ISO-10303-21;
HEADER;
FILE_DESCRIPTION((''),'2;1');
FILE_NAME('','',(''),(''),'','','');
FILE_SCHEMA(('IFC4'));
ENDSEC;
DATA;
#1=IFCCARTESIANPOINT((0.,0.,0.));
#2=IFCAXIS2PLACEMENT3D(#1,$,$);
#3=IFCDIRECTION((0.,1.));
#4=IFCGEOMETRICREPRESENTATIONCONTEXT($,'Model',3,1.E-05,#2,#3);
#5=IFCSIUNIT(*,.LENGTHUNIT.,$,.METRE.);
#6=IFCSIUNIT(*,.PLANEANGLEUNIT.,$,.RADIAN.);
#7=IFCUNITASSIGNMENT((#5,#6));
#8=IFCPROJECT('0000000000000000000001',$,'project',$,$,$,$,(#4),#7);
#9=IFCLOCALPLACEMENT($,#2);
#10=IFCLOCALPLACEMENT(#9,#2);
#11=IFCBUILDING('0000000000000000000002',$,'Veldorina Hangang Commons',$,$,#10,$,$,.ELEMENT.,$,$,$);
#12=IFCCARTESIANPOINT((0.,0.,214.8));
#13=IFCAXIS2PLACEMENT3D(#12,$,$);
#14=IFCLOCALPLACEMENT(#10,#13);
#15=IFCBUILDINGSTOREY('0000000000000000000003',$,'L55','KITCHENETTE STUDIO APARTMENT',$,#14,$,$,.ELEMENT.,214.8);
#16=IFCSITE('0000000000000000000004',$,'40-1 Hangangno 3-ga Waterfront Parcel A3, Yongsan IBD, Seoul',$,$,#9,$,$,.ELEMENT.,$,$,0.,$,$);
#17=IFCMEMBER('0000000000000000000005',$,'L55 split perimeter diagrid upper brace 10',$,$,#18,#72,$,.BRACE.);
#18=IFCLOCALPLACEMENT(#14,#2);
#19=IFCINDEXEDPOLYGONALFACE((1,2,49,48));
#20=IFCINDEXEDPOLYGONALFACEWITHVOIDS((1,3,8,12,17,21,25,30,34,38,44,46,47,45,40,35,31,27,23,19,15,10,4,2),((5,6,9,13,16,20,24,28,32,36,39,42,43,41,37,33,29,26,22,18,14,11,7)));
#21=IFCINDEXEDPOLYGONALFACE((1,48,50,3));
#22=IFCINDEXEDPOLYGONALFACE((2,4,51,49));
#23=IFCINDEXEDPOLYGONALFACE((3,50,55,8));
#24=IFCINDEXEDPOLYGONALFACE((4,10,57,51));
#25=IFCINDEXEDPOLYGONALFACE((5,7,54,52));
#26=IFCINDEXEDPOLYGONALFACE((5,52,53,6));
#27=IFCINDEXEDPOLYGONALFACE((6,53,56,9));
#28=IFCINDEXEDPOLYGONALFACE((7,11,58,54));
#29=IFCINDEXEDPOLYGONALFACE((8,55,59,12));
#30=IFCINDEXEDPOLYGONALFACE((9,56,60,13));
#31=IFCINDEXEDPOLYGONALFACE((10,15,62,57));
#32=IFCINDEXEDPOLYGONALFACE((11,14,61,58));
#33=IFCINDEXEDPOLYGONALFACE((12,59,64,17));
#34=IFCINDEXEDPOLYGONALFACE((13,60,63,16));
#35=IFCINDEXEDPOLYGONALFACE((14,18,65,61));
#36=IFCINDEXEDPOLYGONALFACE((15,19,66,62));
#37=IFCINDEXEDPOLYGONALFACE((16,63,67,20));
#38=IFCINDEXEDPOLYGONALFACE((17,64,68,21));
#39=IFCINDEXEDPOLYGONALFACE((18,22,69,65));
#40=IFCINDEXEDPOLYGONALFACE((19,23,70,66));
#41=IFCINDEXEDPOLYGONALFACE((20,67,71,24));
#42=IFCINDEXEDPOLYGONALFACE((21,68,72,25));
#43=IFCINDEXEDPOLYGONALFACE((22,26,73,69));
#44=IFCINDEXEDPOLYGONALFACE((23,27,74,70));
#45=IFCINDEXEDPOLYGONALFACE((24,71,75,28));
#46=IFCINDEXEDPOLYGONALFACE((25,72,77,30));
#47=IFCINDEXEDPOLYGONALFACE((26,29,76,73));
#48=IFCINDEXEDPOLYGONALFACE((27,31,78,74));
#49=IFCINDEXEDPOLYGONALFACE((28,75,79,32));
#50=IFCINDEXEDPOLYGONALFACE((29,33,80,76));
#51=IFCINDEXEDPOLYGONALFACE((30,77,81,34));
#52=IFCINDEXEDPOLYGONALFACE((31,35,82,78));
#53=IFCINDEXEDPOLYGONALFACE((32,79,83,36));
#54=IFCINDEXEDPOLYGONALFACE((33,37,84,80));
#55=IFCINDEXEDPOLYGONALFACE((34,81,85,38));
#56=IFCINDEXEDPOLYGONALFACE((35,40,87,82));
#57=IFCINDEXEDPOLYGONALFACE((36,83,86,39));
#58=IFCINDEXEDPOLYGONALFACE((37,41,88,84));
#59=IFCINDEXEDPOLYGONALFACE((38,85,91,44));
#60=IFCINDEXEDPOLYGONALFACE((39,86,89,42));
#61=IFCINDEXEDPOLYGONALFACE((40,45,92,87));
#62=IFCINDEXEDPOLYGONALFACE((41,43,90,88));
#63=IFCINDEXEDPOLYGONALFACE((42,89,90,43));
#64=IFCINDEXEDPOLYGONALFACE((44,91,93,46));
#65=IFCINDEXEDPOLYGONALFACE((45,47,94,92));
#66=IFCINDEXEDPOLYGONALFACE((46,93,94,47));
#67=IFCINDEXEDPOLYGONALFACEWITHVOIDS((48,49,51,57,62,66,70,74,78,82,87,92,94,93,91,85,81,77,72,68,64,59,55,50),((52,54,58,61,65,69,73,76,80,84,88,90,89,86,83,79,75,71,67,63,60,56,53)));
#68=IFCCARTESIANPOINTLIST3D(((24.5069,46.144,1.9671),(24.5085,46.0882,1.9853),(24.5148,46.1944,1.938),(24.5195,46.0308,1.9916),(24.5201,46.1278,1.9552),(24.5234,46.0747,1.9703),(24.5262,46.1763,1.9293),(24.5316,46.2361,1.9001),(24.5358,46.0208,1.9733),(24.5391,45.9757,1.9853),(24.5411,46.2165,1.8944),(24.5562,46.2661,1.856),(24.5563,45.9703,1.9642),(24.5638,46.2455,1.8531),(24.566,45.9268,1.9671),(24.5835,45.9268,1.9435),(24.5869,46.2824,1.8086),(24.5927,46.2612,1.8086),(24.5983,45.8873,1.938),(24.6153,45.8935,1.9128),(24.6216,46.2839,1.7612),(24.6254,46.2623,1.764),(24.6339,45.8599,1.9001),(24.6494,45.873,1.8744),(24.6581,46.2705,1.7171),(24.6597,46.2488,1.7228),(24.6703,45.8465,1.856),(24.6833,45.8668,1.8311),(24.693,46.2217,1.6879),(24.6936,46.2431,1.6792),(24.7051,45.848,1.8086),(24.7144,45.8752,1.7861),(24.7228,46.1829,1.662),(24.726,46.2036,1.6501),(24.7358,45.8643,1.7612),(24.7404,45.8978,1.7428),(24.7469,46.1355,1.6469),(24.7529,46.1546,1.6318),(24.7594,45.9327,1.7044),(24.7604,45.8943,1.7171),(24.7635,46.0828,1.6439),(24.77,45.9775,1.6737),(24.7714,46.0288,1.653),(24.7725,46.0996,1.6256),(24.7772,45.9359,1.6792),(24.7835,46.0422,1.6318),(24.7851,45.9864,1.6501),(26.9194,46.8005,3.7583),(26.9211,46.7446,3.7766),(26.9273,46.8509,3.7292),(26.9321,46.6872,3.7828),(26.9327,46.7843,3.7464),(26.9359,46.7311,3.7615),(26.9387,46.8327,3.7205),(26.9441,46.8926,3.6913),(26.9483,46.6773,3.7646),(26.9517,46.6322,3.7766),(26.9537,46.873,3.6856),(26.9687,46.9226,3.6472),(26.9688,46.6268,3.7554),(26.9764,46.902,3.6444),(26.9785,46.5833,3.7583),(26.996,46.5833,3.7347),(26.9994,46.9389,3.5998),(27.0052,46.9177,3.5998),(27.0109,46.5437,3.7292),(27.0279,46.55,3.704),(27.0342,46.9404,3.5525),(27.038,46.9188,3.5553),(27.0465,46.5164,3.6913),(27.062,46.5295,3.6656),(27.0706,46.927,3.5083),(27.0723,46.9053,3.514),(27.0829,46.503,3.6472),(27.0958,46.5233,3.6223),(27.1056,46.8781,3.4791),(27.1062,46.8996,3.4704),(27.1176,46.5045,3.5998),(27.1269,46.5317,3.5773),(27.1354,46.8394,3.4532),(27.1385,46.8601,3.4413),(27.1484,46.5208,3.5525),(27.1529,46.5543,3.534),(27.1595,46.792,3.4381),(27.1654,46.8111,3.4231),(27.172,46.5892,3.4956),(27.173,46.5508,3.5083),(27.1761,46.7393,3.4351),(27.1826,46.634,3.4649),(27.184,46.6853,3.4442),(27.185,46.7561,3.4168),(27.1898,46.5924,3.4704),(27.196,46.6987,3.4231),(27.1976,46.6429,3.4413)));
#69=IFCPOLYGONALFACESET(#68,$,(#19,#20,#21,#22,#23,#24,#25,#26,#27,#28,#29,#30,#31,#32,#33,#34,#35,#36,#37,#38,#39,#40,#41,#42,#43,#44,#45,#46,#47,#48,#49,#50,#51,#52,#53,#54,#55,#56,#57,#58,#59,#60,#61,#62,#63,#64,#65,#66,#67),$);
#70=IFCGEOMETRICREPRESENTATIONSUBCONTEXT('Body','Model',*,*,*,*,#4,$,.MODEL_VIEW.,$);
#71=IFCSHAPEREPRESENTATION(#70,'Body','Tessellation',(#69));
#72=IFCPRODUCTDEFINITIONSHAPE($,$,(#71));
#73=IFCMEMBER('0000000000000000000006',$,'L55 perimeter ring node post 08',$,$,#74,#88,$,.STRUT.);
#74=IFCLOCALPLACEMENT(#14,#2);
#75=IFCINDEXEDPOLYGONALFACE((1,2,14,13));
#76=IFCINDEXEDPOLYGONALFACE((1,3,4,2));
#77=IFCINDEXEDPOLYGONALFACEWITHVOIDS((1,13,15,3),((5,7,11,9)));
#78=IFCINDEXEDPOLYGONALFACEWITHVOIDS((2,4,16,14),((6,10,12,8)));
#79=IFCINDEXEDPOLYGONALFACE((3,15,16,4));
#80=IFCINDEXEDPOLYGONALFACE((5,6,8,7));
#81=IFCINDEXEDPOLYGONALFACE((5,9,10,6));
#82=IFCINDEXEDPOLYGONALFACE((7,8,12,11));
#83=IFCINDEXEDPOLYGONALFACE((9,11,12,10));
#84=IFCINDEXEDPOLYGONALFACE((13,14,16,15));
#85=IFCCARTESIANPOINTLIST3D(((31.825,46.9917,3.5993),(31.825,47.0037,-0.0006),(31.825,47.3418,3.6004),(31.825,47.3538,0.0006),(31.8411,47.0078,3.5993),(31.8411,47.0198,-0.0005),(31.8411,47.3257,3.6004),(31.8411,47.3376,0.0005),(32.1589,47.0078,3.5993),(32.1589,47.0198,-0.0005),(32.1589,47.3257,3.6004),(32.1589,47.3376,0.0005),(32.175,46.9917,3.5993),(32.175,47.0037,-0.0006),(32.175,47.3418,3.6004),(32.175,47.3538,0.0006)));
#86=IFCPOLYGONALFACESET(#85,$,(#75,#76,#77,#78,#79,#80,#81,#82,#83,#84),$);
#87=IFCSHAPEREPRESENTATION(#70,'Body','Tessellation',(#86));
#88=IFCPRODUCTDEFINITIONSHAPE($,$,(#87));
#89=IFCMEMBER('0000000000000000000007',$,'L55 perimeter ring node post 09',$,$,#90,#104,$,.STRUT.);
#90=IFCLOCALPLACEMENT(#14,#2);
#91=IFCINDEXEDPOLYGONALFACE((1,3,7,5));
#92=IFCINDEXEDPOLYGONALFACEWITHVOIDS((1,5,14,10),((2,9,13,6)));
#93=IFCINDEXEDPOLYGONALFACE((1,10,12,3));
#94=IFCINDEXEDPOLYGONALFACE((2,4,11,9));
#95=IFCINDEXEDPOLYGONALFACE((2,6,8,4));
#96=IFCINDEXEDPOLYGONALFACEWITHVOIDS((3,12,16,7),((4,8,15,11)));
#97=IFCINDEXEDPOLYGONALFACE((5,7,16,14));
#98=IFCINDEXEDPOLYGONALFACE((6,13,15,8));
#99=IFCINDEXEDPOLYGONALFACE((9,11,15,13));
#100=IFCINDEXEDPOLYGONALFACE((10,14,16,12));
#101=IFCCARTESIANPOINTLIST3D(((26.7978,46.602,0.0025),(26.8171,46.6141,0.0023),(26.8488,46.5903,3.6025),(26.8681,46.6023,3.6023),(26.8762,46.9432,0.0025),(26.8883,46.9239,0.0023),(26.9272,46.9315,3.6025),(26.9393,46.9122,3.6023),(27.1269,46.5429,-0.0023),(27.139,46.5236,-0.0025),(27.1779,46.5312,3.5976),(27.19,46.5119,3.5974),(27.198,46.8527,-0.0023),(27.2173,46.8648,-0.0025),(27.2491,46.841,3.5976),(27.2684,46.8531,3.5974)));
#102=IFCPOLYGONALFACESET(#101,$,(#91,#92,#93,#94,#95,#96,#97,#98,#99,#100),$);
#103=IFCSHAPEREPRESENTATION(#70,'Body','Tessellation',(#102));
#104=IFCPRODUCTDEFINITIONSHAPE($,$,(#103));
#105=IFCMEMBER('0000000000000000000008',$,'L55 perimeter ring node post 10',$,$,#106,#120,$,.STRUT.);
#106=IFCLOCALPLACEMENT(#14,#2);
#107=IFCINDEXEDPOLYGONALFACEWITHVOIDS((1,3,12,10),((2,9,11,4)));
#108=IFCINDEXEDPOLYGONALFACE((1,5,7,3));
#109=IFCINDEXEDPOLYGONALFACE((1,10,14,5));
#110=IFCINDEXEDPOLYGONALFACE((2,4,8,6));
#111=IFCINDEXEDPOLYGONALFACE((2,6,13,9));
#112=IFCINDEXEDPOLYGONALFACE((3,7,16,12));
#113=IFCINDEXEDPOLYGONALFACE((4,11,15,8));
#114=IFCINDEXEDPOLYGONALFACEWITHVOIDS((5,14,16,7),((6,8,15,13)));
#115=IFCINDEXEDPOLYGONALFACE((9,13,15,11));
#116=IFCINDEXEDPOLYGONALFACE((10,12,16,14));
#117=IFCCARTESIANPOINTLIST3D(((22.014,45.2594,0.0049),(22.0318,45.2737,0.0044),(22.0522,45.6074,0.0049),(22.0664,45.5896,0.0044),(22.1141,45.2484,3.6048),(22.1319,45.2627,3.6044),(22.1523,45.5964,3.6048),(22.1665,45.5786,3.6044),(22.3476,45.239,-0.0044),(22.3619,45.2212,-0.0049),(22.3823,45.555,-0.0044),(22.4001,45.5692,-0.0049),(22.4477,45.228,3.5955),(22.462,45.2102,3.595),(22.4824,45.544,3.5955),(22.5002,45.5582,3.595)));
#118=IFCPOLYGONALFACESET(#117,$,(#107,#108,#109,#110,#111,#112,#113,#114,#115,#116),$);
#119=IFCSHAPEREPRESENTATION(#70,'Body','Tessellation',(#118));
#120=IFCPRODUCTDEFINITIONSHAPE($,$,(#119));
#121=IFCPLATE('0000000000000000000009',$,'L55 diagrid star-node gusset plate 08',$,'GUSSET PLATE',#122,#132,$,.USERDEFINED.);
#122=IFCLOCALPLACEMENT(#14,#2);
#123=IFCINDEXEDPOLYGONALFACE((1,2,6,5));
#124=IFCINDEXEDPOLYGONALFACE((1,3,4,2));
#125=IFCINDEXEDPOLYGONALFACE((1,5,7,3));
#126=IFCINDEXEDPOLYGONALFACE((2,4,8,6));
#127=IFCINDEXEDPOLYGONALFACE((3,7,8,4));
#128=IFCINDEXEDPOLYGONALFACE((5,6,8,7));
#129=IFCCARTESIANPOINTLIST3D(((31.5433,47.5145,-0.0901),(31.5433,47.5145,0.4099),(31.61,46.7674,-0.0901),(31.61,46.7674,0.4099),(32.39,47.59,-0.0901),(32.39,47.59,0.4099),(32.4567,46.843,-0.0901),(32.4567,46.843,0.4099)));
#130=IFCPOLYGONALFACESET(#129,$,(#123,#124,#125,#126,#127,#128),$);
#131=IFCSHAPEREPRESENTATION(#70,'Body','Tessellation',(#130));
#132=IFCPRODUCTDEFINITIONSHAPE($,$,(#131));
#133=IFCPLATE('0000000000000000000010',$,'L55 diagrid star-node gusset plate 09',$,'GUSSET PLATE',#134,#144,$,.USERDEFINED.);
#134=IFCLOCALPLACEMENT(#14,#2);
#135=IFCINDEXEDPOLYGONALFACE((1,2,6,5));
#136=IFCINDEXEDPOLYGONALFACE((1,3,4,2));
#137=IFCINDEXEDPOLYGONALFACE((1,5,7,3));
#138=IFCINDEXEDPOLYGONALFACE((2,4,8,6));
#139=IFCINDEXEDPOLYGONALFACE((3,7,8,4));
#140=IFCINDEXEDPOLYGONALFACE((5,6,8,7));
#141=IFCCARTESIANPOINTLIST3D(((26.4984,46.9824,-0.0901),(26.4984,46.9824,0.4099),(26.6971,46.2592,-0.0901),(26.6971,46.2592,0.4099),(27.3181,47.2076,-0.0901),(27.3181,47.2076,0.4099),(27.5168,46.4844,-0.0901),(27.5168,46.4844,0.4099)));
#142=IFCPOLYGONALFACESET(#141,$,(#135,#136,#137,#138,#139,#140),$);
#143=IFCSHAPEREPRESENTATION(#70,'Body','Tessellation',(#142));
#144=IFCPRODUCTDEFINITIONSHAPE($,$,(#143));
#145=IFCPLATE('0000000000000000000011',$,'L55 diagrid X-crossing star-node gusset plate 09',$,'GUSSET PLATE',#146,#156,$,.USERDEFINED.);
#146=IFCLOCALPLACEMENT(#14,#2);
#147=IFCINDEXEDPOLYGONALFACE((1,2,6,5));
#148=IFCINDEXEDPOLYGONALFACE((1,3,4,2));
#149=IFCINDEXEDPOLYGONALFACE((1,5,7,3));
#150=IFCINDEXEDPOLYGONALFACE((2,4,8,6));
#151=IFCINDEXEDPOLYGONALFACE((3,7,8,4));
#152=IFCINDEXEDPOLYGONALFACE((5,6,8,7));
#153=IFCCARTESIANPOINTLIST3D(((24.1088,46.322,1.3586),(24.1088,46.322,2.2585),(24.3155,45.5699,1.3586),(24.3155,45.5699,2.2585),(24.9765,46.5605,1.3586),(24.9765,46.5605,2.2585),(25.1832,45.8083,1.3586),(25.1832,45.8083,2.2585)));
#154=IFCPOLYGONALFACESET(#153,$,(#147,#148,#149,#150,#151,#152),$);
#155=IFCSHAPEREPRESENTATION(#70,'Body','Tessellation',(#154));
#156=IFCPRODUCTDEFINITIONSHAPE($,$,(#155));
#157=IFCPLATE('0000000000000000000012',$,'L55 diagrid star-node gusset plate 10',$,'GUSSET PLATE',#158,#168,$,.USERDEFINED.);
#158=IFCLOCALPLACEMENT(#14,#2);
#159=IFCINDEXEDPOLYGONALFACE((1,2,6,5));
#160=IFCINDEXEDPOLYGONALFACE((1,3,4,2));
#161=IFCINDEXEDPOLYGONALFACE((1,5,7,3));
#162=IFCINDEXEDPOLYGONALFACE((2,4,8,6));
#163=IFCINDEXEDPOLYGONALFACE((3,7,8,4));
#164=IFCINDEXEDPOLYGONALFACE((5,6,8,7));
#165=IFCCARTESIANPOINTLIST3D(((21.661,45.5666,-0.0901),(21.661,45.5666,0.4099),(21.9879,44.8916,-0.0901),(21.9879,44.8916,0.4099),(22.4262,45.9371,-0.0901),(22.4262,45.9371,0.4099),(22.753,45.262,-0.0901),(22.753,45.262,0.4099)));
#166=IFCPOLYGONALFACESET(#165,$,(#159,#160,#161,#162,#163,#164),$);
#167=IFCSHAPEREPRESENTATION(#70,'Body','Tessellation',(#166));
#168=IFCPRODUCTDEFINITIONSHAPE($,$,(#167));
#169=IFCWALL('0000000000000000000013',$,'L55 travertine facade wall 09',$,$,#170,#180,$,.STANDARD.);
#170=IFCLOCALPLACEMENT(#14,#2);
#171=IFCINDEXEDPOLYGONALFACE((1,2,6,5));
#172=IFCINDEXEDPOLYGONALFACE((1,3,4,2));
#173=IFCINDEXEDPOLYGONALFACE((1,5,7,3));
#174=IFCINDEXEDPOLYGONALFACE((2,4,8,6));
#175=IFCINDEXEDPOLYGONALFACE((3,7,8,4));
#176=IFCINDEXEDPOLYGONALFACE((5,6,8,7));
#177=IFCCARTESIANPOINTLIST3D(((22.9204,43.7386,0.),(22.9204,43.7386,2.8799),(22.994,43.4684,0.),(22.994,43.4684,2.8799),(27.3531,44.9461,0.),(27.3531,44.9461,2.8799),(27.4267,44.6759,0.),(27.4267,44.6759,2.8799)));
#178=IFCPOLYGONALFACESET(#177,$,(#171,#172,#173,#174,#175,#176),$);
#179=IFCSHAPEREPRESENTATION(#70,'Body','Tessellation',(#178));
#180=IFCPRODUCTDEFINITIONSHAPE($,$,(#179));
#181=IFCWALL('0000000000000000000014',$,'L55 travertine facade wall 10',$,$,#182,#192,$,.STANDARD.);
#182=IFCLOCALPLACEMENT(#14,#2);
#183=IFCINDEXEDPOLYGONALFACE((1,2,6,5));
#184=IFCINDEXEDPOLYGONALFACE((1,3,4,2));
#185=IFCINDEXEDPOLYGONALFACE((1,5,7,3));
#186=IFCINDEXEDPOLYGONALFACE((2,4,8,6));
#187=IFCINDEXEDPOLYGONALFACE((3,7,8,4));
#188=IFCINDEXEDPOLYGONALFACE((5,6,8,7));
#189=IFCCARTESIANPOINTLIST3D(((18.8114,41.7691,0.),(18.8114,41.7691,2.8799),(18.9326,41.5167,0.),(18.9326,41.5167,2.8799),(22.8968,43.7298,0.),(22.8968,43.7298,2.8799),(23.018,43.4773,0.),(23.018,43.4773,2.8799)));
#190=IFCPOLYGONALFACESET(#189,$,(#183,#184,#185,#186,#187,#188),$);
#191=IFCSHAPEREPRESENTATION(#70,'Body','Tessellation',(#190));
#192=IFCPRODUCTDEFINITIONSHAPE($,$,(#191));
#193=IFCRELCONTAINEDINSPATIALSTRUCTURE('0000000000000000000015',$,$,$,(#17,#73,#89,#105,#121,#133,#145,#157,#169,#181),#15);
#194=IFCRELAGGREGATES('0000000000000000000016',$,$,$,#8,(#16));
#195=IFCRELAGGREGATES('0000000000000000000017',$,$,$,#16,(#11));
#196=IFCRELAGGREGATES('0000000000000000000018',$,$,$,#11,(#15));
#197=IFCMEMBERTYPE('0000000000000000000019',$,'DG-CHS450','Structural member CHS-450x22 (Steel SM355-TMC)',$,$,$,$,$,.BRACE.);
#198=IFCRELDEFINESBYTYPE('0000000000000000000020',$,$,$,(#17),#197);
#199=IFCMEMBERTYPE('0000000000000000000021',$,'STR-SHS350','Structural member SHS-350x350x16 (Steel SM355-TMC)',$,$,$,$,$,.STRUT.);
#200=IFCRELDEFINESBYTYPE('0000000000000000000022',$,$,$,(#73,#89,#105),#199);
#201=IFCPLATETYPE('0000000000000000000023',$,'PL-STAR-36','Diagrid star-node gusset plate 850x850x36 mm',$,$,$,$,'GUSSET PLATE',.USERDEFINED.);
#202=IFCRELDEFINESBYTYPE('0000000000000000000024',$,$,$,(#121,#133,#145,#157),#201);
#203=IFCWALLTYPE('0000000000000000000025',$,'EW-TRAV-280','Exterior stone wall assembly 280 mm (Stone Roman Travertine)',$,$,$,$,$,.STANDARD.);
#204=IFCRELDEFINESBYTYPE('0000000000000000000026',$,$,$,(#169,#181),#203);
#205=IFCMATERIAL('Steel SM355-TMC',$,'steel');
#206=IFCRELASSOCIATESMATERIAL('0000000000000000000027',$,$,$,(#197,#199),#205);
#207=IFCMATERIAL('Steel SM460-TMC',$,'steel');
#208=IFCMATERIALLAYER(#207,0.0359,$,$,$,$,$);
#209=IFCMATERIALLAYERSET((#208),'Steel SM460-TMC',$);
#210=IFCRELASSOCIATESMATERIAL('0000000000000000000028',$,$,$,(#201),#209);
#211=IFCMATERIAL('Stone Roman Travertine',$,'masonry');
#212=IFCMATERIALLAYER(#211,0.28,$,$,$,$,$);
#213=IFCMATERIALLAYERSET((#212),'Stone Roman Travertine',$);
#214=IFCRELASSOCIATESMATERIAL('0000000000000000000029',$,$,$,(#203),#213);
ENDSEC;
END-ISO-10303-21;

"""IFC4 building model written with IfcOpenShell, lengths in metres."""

from ifc_helpers import new_model, si_unit, direction, frame, frame_2d, origin, origin_2d, place, context, subcontext, project, spatial, rectangle, hollow_rectangle, hollow_circle, extrude, material, layer, layer_set, material_profile, profile_set, type_object, element, save


model = new_model("IFC4")

# Units and contexts
model_context = context("Model", 3, precision=1e-05, world=origin(), true_north=direction((0.0, 1.0)))
body_context = subcontext(model_context, "Body", "Model", "MODEL_VIEW")
ifc_project = project(units=[si_unit("LENGTHUNIT", "METRE"), si_unit("PLANEANGLEUNIT", "RADIAN")], contexts=[model_context])

# Site, building, storey
site_placement = place(None, origin())
site = spatial("IfcSite", under=ifc_project, at=site_placement, Name="40-1 Hangangno 3-ga Waterfront Parcel A3, Yongsan IBD, Seoul", CompositionType="ELEMENT", RefElevation=0.0)
building_placement = place(site_placement, origin())
building = spatial("IfcBuilding", under=site, at=building_placement, Name="Veldorina Hangang Commons", CompositionType="ELEMENT")
storey_placement = place(building_placement, frame((0.0, 0.0, 214.8)))
storey = spatial("IfcBuildingStorey", under=building, at=storey_placement, Name="L55", Description="KITCHENETTE STUDIO APARTMENT", CompositionType="ELEMENT", Elevation=214.8)

# Shared definitions
ifc_material_1 = material(Name="Steel SM355-TMC", Category="steel")

# Members
ifc_material_profile_1 = material_profile(ifc_material_1, hollow_circle(Radius=0.2251, WallThickness=0.022, at=origin_2d()), Name="CHS-450x22")
ifc_profile_set_1 = profile_set([ifc_material_profile_1], Name="Steel SM355-TMC")
member_type_1 = type_object("IfcMemberType", Name="DG-CHS450", Description="Structural member CHS-450x22 (Steel SM355-TMC)", PredefinedType="BRACE", material=ifc_profile_set_1)
member_1_placement = place(storey_placement, frame((24.646, 46.0652, 1.8086), z_axis=(0.784394, 0.213442, 0.582382), x_axis=(-0.262564, 0.964915, 0.0)))
element("IfcMember", 1, at=member_1_placement, inside=storey, type_object=member_type_1, Name="L55 split perimeter diagrid upper brace 10", PredefinedType="BRACE", context=body_context, shape_type="SweptSolid", body=[
    extrude(hollow_circle(Radius=0.2251, WallThickness=0.022, at=origin_2d()), origin(), (0.0, 0.0, 1.0), 3.0757),
])
ifc_material_profile_2 = material_profile(ifc_material_1, hollow_rectangle(XDim=0.3501, YDim=0.3501, WallThickness=0.0161, at=origin_2d()), Name="SHS-350x350x16")
ifc_profile_set_2 = profile_set([ifc_material_profile_2], Name="Steel SM355-TMC")
member_type_2 = type_object("IfcMemberType", Name="STR-SHS350", Description="Structural member SHS-350x350x16 (Steel SM355-TMC)", PredefinedType="STRUT", material=ifc_profile_set_2)
member_2_placement = place(storey_placement, frame((32.0, 47.1787, 0.0), z_axis=(0.0, -0.003323, 0.999994), x_axis=(1.0, 0.0, 0.0)))
element("IfcMember", 2, at=member_2_placement, inside=storey, type_object=member_type_2, Name="L55 perimeter ring node post 08", PredefinedType="STRUT", context=body_context, shape_type="SweptSolid", body=[
    extrude(hollow_rectangle(XDim=0.3501, YDim=0.3501, WallThickness=0.0161, at=origin_2d()), origin(), (0.0, 0.0, 1.0), 3.5999),
])
member_3_placement = place(storey_placement, frame((27.0076, 46.7334, 0.0), z_axis=(0.014173, -0.003255, 0.999894), x_axis=(0.223838, 0.974626, 0.0)))
element("IfcMember", 3, at=member_3_placement, inside=storey, type_object=member_type_2, Name="L55 perimeter ring node post 09", PredefinedType="STRUT", context=body_context, shape_type="SweptSolid", body=[
    extrude(hollow_rectangle(XDim=0.3501, YDim=0.3501, WallThickness=0.0161, at=origin_2d()), origin(), (0.0, 0.0, 1.0), 3.6003),
])
member_4_placement = place(storey_placement, frame((22.207, 45.4143, 0.0), z_axis=(0.027795, -0.003051, 0.999609), x_axis=(0.109101, 0.994031, 0.0)))
element("IfcMember", 4, at=member_4_placement, inside=storey, type_object=member_type_2, Name="L55 perimeter ring node post 10", PredefinedType="STRUT", context=body_context, shape_type="SweptSolid", body=[
    extrude(hollow_rectangle(XDim=0.3501, YDim=0.3501, WallThickness=0.0161, at=origin_2d()), origin(), (0.0, 0.0, 1.0), 3.6013),
])

# Plates
ifc_material_2 = material(Name="Steel SM460-TMC", Category="steel")
ifc_layer_1 = layer(ifc_material_2, 0.0359)
ifc_layer_set_1 = layer_set([ifc_layer_1], Name="Steel SM460-TMC")
plate_type = type_object("IfcPlateType", Name="PL-STAR-36", Description="Diagrid star-node gusset plate 850x850x36 mm", ElementType="GUSSET PLATE", PredefinedType="USERDEFINED", material=ifc_layer_set_1)
for number, where, z_axis, x_axis, name in (
    (5, (32.0, 47.1787, -0.0901), (0.0, 0.0, 1.0), (-0.996044, -0.08886, 0.0), "L55 diagrid star-node gusset plate 08"),
    (6, (27.0076, 46.7334, -0.0901), (0.0, 0.0, 1.0), (-0.964262, -0.26495, 0.0), "L55 diagrid star-node gusset plate 09"),
):
    element("IfcPlate", number, at=place(storey_placement, frame(where, z_axis=z_axis, x_axis=x_axis)), inside=storey, type_object=plate_type, Name=name, ObjectType="GUSSET PLATE", PredefinedType="USERDEFINED", context=body_context, shape_type="SweptSolid", body=[
        extrude(rectangle(XDim=0.8501, YDim=0.75, at=origin_2d()), origin(), (0.0, 0.0, 1.0), 0.5),
    ])
plate_1_placement = place(storey_placement, frame((24.646, 46.0652, 1.3586), z_axis=(0.0, 0.0, 1.0), x_axis=(-0.964262, -0.26495, 0.0)))
element("IfcPlate", 7, at=plate_1_placement, inside=storey, type_object=plate_type, Name="L55 diagrid X-crossing star-node gusset plate 09", ObjectType="GUSSET PLATE", PredefinedType="USERDEFINED", context=body_context, shape_type="SweptSolid", body=[
    extrude(rectangle(XDim=0.8999, YDim=0.78, at=origin_2d()), origin(), (0.0, 0.0, 1.0), 0.8999),
])
plate_2_placement = place(storey_placement, frame((22.207, 45.4143, -0.0901), z_axis=(0.0, 0.0, 1.0), x_axis=(-0.90006, -0.435765, 0.0)))
element("IfcPlate", 8, at=plate_2_placement, inside=storey, type_object=plate_type, Name="L55 diagrid star-node gusset plate 10", ObjectType="GUSSET PLATE", PredefinedType="USERDEFINED", context=body_context, shape_type="SweptSolid", body=[
    extrude(rectangle(XDim=0.8501, YDim=0.75, at=origin_2d()), origin(), (0.0, 0.0, 1.0), 0.5),
])

# Walls
ifc_material_3 = material(Name="Stone Roman Travertine", Category="masonry")
ifc_layer_2 = layer(ifc_material_3, 0.28)
ifc_layer_set_2 = layer_set([ifc_layer_2], Name="Stone Roman Travertine")
wall_type_1 = type_object("IfcWallType", Name="EW-TRAV-280", Description="Exterior stone wall assembly 280 mm (Stone Roman Travertine)", PredefinedType="STANDARD", material=ifc_layer_set_2)
wall_1_placement = place(storey_placement, frame((27.3899, 44.811, 0.0), z_axis=(0.0, 0.0, 1.0), x_axis=(-0.96484, -0.262839, 0.0)))
element("IfcWall", 9, at=wall_1_placement, inside=storey, type_object=wall_type_1, Name="L55 travertine facade wall 09", PredefinedType="STANDARD", context=body_context, shape_type="SweptSolid", body=[
    extrude(rectangle(XDim=4.5942, YDim=0.28, at=frame_2d((2.2971, 0.0))), origin(), (0.0, 0.0, 1.0), 2.8799),
])
wall_2_placement = place(storey_placement, frame((22.9573, 43.6035, 0.0), z_axis=(0.0, 0.0, 1.0), x_axis=(-0.901551, -0.432673, 0.0)))
element("IfcWall", 10, at=wall_2_placement, inside=storey, type_object=wall_type_1, Name="L55 travertine facade wall 10", PredefinedType="STANDARD", context=body_context, shape_type="SweptSolid", body=[
    extrude(rectangle(XDim=4.5315, YDim=0.28, at=frame_2d((2.2656, 0.0))), origin(), (0.0, 0.0, 1.0), 2.8799),
])

save(model, "model.ifc")
